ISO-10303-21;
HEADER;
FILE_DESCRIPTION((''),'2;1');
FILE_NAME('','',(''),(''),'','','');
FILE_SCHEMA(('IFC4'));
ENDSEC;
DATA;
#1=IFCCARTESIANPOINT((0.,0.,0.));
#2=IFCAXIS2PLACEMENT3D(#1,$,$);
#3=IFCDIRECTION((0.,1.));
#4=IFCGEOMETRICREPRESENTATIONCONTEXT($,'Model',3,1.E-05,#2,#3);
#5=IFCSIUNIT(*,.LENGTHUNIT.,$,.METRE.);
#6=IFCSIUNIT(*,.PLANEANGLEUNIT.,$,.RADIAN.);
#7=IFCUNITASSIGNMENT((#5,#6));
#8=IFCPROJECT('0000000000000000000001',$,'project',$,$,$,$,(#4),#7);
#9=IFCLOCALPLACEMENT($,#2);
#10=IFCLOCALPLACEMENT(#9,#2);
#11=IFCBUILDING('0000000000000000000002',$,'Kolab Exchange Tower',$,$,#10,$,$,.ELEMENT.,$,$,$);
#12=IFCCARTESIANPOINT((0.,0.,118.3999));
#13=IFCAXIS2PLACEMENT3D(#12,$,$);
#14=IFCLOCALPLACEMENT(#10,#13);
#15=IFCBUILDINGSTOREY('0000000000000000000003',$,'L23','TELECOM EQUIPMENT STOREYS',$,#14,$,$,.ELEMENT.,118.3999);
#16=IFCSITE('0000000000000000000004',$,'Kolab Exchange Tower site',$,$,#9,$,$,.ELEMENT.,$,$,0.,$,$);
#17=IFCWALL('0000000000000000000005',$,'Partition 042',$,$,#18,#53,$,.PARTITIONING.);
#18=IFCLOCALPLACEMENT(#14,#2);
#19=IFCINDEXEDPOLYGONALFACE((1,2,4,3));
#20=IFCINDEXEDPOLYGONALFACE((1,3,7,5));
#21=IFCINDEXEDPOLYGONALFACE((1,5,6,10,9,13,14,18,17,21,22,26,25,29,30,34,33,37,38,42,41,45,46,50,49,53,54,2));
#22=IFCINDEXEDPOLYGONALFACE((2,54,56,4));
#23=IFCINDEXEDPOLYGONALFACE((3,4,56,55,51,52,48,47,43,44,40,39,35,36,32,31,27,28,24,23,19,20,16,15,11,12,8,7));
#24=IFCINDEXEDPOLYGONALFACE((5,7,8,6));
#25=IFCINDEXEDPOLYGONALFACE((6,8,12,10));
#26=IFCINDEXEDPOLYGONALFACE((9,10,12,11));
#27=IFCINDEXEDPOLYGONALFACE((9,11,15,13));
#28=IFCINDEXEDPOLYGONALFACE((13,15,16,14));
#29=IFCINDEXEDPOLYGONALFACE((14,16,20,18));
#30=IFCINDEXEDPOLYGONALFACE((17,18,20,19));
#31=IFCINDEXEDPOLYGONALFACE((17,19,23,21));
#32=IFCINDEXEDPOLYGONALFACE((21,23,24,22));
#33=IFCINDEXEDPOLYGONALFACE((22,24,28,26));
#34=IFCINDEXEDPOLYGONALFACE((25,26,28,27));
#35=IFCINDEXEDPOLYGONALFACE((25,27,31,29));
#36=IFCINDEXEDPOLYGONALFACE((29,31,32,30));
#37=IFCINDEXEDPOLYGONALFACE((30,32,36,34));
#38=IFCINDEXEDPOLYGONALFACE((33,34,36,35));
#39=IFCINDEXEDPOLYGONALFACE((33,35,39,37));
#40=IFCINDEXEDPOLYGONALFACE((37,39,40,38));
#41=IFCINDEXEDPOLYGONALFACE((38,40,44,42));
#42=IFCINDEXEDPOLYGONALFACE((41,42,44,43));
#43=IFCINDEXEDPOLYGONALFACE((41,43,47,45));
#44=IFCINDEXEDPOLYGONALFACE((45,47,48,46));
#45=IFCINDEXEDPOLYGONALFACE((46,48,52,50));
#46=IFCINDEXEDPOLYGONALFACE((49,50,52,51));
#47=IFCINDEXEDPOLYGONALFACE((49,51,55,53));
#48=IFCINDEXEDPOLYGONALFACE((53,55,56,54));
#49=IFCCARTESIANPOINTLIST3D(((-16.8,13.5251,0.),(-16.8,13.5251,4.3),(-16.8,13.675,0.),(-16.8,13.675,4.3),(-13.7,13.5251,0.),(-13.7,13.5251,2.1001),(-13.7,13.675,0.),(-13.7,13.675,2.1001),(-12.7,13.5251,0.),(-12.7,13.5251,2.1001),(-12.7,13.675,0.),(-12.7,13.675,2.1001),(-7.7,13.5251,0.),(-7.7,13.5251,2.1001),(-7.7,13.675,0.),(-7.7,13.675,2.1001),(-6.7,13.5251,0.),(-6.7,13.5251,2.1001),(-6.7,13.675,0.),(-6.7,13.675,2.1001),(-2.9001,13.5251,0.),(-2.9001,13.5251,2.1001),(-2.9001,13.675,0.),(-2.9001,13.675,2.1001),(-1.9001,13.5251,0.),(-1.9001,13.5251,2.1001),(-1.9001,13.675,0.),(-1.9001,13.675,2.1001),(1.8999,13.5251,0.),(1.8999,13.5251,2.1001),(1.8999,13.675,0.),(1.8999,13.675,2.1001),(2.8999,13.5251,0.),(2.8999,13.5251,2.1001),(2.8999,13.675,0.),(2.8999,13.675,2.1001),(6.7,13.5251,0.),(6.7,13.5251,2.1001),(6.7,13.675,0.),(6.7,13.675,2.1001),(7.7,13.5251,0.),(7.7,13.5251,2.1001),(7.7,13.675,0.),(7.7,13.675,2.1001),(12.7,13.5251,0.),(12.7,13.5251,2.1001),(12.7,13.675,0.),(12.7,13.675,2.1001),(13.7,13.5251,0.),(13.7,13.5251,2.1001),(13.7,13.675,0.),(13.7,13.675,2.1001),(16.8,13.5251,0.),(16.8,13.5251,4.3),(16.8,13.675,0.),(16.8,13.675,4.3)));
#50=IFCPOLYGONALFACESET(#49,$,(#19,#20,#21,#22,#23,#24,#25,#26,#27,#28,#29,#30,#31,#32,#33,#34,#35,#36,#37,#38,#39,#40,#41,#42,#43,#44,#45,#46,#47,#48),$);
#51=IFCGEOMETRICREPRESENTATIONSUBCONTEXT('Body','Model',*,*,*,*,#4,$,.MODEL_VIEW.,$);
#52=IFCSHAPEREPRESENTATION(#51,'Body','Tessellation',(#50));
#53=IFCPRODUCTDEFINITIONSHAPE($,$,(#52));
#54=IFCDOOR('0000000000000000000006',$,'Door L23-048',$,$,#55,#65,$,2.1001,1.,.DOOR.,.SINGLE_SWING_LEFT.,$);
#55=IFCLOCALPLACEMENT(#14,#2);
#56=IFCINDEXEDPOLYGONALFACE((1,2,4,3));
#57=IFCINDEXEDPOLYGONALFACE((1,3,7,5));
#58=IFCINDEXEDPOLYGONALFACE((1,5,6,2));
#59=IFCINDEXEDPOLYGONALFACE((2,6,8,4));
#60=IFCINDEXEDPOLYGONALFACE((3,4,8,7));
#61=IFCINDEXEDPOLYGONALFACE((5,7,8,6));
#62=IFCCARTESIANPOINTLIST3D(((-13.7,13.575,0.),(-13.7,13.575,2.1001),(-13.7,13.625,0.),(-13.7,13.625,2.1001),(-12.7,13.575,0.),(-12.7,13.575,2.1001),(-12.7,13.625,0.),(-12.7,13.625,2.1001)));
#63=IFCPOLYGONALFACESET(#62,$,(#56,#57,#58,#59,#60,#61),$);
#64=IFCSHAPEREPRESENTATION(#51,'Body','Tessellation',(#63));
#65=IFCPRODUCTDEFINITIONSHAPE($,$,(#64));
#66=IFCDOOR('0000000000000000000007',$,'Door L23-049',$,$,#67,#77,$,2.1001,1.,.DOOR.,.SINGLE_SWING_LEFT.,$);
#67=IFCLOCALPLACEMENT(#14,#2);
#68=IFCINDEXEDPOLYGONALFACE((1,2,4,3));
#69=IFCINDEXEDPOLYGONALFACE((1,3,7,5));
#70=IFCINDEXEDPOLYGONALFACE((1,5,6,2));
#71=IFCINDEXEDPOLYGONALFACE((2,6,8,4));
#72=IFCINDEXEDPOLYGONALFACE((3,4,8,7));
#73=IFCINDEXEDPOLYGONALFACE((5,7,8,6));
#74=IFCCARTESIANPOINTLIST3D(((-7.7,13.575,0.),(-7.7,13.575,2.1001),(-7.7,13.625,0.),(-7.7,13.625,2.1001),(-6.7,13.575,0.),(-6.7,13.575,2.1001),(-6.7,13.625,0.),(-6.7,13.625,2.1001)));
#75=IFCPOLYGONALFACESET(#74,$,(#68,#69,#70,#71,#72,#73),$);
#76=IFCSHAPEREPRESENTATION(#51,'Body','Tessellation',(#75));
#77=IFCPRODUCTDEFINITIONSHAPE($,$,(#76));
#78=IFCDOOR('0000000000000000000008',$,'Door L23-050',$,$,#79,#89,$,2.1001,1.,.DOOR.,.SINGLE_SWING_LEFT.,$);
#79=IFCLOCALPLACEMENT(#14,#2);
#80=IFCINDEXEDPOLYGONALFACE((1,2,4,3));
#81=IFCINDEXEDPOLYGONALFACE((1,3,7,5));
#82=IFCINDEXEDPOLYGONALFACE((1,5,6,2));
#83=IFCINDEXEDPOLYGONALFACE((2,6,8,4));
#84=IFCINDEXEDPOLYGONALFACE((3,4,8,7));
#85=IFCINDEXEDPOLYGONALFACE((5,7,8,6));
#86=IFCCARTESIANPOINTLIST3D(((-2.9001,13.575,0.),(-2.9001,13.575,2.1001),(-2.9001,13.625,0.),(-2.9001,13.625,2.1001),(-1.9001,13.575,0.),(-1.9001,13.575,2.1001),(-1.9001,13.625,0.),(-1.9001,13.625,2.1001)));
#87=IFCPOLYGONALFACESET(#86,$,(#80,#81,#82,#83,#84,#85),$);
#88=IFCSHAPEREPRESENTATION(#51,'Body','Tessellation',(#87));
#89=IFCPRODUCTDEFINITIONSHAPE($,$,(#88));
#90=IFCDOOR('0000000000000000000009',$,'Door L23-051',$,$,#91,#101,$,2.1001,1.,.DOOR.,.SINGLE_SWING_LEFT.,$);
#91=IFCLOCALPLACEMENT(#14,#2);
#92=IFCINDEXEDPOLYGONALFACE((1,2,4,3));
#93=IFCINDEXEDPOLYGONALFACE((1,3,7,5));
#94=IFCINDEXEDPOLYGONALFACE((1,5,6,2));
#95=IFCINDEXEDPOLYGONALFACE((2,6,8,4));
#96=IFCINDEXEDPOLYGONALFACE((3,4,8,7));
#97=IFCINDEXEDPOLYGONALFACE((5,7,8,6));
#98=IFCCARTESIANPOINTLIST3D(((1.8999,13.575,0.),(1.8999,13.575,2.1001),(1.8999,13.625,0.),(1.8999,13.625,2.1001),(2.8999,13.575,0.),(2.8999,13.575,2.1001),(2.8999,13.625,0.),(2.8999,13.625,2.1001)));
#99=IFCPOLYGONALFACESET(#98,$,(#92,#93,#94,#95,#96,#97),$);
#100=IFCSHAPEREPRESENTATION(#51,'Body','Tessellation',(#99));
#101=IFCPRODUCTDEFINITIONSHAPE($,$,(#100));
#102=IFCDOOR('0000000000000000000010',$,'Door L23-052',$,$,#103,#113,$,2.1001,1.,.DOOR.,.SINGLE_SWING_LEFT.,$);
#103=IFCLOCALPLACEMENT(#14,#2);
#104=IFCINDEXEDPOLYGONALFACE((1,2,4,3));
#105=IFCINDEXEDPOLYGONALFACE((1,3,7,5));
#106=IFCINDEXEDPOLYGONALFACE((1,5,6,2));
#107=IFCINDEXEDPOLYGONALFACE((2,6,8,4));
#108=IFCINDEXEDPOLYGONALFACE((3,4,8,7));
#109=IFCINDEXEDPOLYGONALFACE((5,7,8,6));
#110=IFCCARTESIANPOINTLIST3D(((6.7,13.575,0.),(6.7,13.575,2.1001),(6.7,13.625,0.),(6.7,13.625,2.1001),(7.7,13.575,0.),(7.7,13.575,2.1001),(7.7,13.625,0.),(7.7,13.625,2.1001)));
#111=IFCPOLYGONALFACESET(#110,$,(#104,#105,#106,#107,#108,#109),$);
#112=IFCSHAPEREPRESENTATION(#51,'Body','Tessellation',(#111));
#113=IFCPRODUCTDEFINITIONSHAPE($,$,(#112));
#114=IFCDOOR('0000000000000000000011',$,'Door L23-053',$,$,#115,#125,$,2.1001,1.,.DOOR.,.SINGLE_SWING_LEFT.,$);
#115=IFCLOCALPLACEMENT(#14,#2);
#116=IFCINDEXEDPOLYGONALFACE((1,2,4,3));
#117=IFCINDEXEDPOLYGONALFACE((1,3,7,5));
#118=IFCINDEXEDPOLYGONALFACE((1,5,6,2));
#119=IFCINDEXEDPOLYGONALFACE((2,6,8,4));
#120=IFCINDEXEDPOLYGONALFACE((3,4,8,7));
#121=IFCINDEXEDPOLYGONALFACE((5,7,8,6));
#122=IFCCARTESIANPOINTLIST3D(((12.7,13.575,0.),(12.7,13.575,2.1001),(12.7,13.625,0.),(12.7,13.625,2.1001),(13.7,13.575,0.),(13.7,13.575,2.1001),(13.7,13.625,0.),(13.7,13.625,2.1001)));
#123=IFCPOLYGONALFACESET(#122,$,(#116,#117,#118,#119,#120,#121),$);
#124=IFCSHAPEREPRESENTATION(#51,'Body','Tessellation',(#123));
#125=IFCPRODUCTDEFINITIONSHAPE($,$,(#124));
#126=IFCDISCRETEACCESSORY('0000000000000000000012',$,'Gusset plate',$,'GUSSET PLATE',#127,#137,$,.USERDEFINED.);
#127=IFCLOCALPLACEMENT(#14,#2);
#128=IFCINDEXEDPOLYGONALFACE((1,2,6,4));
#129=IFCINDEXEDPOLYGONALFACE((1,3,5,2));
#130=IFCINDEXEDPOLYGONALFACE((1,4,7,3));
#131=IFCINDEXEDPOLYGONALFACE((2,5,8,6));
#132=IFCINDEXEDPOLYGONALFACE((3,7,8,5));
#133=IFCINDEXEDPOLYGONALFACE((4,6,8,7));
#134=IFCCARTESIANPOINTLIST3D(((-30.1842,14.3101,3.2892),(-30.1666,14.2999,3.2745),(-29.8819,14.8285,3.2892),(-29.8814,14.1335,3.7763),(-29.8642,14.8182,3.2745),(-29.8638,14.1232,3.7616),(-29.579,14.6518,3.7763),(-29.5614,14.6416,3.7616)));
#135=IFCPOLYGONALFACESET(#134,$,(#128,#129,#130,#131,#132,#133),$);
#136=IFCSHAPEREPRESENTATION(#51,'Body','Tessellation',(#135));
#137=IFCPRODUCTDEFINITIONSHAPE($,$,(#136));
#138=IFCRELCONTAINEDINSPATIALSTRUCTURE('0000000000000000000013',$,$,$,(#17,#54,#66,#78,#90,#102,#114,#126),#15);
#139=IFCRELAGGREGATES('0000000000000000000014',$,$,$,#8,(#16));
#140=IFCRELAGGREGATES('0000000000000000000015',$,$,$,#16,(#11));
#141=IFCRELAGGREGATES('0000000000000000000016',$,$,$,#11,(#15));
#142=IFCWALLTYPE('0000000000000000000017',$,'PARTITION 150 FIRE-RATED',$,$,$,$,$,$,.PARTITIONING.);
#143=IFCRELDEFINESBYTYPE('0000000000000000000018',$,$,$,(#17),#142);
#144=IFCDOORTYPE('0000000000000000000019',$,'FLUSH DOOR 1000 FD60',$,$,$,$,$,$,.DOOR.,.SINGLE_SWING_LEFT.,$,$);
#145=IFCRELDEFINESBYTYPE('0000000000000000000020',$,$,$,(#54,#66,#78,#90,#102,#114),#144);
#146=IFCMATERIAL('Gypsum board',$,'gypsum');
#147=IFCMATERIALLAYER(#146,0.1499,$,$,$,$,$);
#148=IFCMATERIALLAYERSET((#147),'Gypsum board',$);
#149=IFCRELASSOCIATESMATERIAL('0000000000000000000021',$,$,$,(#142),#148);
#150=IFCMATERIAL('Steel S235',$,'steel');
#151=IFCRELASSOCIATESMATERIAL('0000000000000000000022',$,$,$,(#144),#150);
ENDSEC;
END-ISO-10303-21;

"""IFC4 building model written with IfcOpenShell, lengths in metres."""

from ifc_helpers import new_model, si_unit, direction, frame, frame_2d, origin, origin_2d, place, context, subcontext, project, spatial, rectangle, extrude, material, layer, layer_set, type_object, element, fill, save


model = new_model("IFC4")

# Units and contexts
model_context = context("Model", 3, precision=1e-05, world=origin(), true_north=direction((0.0, 1.0)))
body_context = subcontext(model_context, "Body", "Model", "MODEL_VIEW")
ifc_project = project(units=[si_unit("LENGTHUNIT", "METRE"), si_unit("PLANEANGLEUNIT", "RADIAN")], contexts=[model_context])

# Site, building, storey
site_placement = place(None, origin())
site = spatial("IfcSite", under=ifc_project, at=site_placement, Name="Kolab Exchange Tower site", CompositionType="ELEMENT", RefElevation=0.0)
building_placement = place(site_placement, origin())
building = spatial("IfcBuilding", under=site, at=building_placement, Name="Kolab Exchange Tower", CompositionType="ELEMENT")
storey_placement = place(building_placement, frame((0.0, 0.0, 118.3999)))
storey = spatial("IfcBuildingStorey", under=building, at=storey_placement, Name="L23", Description="TELECOM EQUIPMENT STOREYS", CompositionType="ELEMENT", Elevation=118.3999)

# Shared definitions
ifc_material_1 = material(Name="Gypsum board", Category="gypsum")
ifc_layer_1 = layer(ifc_material_1, 0.1499)
ifc_layer_set_1 = layer_set([ifc_layer_1], Name="Gypsum board")
wall_type_1 = type_object("IfcWallType", Name="PARTITION 150 FIRE-RATED", PredefinedType="PARTITIONING", material=ifc_layer_set_1)

# Wall, openings, doors
wall_1_placement = place(storey_placement, frame((-16.8, 13.6001, 0.0), z_axis=(0.0, 0.0, 1.0), x_axis=(1.0, 0.0, 0.0)))
wall_1 = element("IfcWall", 1, at=wall_1_placement, inside=storey, type_object=wall_type_1, Name="Partition 042", PredefinedType="PARTITIONING", context=body_context, shape_type="SweptSolid", body=[
    extrude(rectangle(XDim=33.6001, YDim=0.1499, at=frame_2d((16.8, 0.0))), origin(), (0.0, 0.0, 1.0), 4.3),
])
opening_1_placement = place(wall_1_placement, frame((3.1001, 0.0, 0.0)))
opening_1 = element("IfcOpeningElement", 2, at=opening_1_placement, cuts=wall_1, PredefinedType="OPENING", context=body_context, shape_type="SweptSolid", body=[
    extrude(rectangle(XDim=1.0, YDim=2.1001, at=frame_2d((0.5, 1.05))), frame((0.0, 0.085, 0.0), z_axis=(0.0, -1.0, 0.0), x_axis=(1.0, 0.0, 0.0)), (0.0, 0.0, 1.0), 0.1699),
])
opening_2_placement = place(wall_1_placement, frame((9.1001, 0.0, 0.0)))
opening_2 = element("IfcOpeningElement", 3, at=opening_2_placement, cuts=wall_1, PredefinedType="OPENING", context=body_context, shape_type="SweptSolid", body=[
    extrude(rectangle(XDim=1.0, YDim=2.1001, at=frame_2d((0.5, 1.05))), frame((0.0, 0.085, 0.0), z_axis=(0.0, -1.0, 0.0), x_axis=(1.0, 0.0, 0.0)), (0.0, 0.0, 1.0), 0.1699),
])
opening_3_placement = place(wall_1_placement, frame((13.8999, 0.0, 0.0)))
opening_3 = element("IfcOpeningElement", 4, at=opening_3_placement, cuts=wall_1, PredefinedType="OPENING", context=body_context, shape_type="SweptSolid", body=[
    extrude(rectangle(XDim=1.0, YDim=2.1001, at=frame_2d((0.5, 1.05))), frame((0.0, 0.085, 0.0), z_axis=(0.0, -1.0, 0.0), x_axis=(1.0, 0.0, 0.0)), (0.0, 0.0, 1.0), 0.1699),
])
opening_4_placement = place(wall_1_placement, frame((18.7, 0.0, 0.0)))
opening_4 = element("IfcOpeningElement", 5, at=opening_4_placement, cuts=wall_1, PredefinedType="OPENING", context=body_context, shape_type="SweptSolid", body=[
    extrude(rectangle(XDim=1.0, YDim=2.1001, at=frame_2d((0.5, 1.05))), frame((0.0, 0.085, 0.0), z_axis=(0.0, -1.0, 0.0), x_axis=(1.0, 0.0, 0.0)), (0.0, 0.0, 1.0), 0.1699),
])
opening_5_placement = place(wall_1_placement, frame((23.5, 0.0, 0.0)))
opening_5 = element("IfcOpeningElement", 6, at=opening_5_placement, cuts=wall_1, PredefinedType="OPENING", context=body_context, shape_type="SweptSolid", body=[
    extrude(rectangle(XDim=1.0, YDim=2.1001, at=frame_2d((0.5, 1.05))), frame((0.0, 0.085, 0.0), z_axis=(0.0, -1.0, 0.0), x_axis=(1.0, 0.0, 0.0)), (0.0, 0.0, 1.0), 0.1699),
])
opening_6_placement = place(wall_1_placement, frame((29.5, 0.0, 0.0)))
opening_6 = element("IfcOpeningElement", 7, at=opening_6_placement, cuts=wall_1, PredefinedType="OPENING", context=body_context, shape_type="SweptSolid", body=[
    extrude(rectangle(XDim=1.0, YDim=2.1001, at=frame_2d((0.5, 1.05))), frame((0.0, 0.085, 0.0), z_axis=(0.0, -1.0, 0.0), x_axis=(1.0, 0.0, 0.0)), (0.0, 0.0, 1.0), 0.1699),
])
ifc_material_2 = material(Name="Steel S235", Category="steel")
door_type_1 = type_object("IfcDoorType", Name="FLUSH DOOR 1000 FD60", OperationType="SINGLE_SWING_LEFT", PredefinedType="DOOR", material=ifc_material_2)
door_1_placement = place(opening_1_placement, origin())
door_1 = element("IfcDoor", 8, at=door_1_placement, inside=storey, type_object=door_type_1, Name="Door L23-048", OperationType="SINGLE_SWING_LEFT", OverallHeight=2.1001, OverallWidth=1.0, PredefinedType="DOOR", context=body_context, shape_type="SweptSolid", body=[
    extrude(rectangle(XDim=1.0, YDim=2.1001, at=frame_2d((0.5, 1.05))), frame((0.0, 0.0249, 0.0), z_axis=(0.0, -1.0, 0.0), x_axis=(1.0, 0.0, 0.0)), (0.0, 0.0, 1.0), 0.05),
])
fill(opening_1, door_1)
door_2_placement = place(opening_2_placement, origin())
door_2 = element("IfcDoor", 9, at=door_2_placement, inside=storey, type_object=door_type_1, Name="Door L23-049", OperationType="SINGLE_SWING_LEFT", OverallHeight=2.1001, OverallWidth=1.0, PredefinedType="DOOR", context=body_context, shape_type="SweptSolid", body=[
    extrude(rectangle(XDim=1.0, YDim=2.1001, at=frame_2d((0.5, 1.05))), frame((0.0, 0.0249, 0.0), z_axis=(0.0, -1.0, 0.0), x_axis=(1.0, 0.0, 0.0)), (0.0, 0.0, 1.0), 0.05),
])
fill(opening_2, door_2)
door_3_placement = place(opening_3_placement, origin())
door_3 = element("IfcDoor", 10, at=door_3_placement, inside=storey, type_object=door_type_1, Name="Door L23-050", OperationType="SINGLE_SWING_LEFT", OverallHeight=2.1001, OverallWidth=1.0, PredefinedType="DOOR", context=body_context, shape_type="SweptSolid", body=[
    extrude(rectangle(XDim=1.0, YDim=2.1001, at=frame_2d((0.5, 1.05))), frame((0.0, 0.0249, 0.0), z_axis=(0.0, -1.0, 0.0), x_axis=(1.0, 0.0, 0.0)), (0.0, 0.0, 1.0), 0.05),
])
fill(opening_3, door_3)
door_4_placement = place(opening_4_placement, origin())
door_4 = element("IfcDoor", 11, at=door_4_placement, inside=storey, type_object=door_type_1, Name="Door L23-051", OperationType="SINGLE_SWING_LEFT", OverallHeight=2.1001, OverallWidth=1.0, PredefinedType="DOOR", context=body_context, shape_type="SweptSolid", body=[
    extrude(rectangle(XDim=1.0, YDim=2.1001, at=frame_2d((0.5, 1.05))), frame((0.0, 0.0249, 0.0), z_axis=(0.0, -1.0, 0.0), x_axis=(1.0, 0.0, 0.0)), (0.0, 0.0, 1.0), 0.05),
])
fill(opening_4, door_4)
door_5_placement = place(opening_5_placement, origin())
door_5 = element("IfcDoor", 12, at=door_5_placement, inside=storey, type_object=door_type_1, Name="Door L23-052", OperationType="SINGLE_SWING_LEFT", OverallHeight=2.1001, OverallWidth=1.0, PredefinedType="DOOR", context=body_context, shape_type="SweptSolid", body=[
    extrude(rectangle(XDim=1.0, YDim=2.1001, at=frame_2d((0.5, 1.05))), frame((0.0, 0.0249, 0.0), z_axis=(0.0, -1.0, 0.0), x_axis=(1.0, 0.0, 0.0)), (0.0, 0.0, 1.0), 0.05),
])
fill(opening_5, door_5)
door_6_placement = place(opening_6_placement, origin())
door_6 = element("IfcDoor", 13, at=door_6_placement, inside=storey, type_object=door_type_1, Name="Door L23-053", OperationType="SINGLE_SWING_LEFT", OverallHeight=2.1001, OverallWidth=1.0, PredefinedType="DOOR", context=body_context, shape_type="SweptSolid", body=[
    extrude(rectangle(XDim=1.0, YDim=2.1001, at=frame_2d((0.5, 1.05))), frame((0.0, 0.0249, 0.0), z_axis=(0.0, -1.0, 0.0), x_axis=(1.0, 0.0, 0.0)), (0.0, 0.0, 1.0), 0.05),
])
fill(opening_6, door_6)

# Discrete accessory
discrete_accessory_placement = place(storey_placement, frame((-29.864, 14.4707, 3.5181), z_axis=(-0.701047, 0.408944, 0.584206), x_axis=(-0.503871, -0.863779, 0.0)))
element("IfcDiscreteAccessory", 14, at=discrete_accessory_placement, inside=storey, Name="Gusset plate", ObjectType="GUSSET PLATE", PredefinedType="USERDEFINED", context=body_context, shape_type="SweptSolid", body=[
    extrude(rectangle(XDim=0.6001, YDim=0.6001, at=origin_2d()), origin(), (0.0, 0.0, 1.0), 0.0251),
])

save(model, "model.ifc")
